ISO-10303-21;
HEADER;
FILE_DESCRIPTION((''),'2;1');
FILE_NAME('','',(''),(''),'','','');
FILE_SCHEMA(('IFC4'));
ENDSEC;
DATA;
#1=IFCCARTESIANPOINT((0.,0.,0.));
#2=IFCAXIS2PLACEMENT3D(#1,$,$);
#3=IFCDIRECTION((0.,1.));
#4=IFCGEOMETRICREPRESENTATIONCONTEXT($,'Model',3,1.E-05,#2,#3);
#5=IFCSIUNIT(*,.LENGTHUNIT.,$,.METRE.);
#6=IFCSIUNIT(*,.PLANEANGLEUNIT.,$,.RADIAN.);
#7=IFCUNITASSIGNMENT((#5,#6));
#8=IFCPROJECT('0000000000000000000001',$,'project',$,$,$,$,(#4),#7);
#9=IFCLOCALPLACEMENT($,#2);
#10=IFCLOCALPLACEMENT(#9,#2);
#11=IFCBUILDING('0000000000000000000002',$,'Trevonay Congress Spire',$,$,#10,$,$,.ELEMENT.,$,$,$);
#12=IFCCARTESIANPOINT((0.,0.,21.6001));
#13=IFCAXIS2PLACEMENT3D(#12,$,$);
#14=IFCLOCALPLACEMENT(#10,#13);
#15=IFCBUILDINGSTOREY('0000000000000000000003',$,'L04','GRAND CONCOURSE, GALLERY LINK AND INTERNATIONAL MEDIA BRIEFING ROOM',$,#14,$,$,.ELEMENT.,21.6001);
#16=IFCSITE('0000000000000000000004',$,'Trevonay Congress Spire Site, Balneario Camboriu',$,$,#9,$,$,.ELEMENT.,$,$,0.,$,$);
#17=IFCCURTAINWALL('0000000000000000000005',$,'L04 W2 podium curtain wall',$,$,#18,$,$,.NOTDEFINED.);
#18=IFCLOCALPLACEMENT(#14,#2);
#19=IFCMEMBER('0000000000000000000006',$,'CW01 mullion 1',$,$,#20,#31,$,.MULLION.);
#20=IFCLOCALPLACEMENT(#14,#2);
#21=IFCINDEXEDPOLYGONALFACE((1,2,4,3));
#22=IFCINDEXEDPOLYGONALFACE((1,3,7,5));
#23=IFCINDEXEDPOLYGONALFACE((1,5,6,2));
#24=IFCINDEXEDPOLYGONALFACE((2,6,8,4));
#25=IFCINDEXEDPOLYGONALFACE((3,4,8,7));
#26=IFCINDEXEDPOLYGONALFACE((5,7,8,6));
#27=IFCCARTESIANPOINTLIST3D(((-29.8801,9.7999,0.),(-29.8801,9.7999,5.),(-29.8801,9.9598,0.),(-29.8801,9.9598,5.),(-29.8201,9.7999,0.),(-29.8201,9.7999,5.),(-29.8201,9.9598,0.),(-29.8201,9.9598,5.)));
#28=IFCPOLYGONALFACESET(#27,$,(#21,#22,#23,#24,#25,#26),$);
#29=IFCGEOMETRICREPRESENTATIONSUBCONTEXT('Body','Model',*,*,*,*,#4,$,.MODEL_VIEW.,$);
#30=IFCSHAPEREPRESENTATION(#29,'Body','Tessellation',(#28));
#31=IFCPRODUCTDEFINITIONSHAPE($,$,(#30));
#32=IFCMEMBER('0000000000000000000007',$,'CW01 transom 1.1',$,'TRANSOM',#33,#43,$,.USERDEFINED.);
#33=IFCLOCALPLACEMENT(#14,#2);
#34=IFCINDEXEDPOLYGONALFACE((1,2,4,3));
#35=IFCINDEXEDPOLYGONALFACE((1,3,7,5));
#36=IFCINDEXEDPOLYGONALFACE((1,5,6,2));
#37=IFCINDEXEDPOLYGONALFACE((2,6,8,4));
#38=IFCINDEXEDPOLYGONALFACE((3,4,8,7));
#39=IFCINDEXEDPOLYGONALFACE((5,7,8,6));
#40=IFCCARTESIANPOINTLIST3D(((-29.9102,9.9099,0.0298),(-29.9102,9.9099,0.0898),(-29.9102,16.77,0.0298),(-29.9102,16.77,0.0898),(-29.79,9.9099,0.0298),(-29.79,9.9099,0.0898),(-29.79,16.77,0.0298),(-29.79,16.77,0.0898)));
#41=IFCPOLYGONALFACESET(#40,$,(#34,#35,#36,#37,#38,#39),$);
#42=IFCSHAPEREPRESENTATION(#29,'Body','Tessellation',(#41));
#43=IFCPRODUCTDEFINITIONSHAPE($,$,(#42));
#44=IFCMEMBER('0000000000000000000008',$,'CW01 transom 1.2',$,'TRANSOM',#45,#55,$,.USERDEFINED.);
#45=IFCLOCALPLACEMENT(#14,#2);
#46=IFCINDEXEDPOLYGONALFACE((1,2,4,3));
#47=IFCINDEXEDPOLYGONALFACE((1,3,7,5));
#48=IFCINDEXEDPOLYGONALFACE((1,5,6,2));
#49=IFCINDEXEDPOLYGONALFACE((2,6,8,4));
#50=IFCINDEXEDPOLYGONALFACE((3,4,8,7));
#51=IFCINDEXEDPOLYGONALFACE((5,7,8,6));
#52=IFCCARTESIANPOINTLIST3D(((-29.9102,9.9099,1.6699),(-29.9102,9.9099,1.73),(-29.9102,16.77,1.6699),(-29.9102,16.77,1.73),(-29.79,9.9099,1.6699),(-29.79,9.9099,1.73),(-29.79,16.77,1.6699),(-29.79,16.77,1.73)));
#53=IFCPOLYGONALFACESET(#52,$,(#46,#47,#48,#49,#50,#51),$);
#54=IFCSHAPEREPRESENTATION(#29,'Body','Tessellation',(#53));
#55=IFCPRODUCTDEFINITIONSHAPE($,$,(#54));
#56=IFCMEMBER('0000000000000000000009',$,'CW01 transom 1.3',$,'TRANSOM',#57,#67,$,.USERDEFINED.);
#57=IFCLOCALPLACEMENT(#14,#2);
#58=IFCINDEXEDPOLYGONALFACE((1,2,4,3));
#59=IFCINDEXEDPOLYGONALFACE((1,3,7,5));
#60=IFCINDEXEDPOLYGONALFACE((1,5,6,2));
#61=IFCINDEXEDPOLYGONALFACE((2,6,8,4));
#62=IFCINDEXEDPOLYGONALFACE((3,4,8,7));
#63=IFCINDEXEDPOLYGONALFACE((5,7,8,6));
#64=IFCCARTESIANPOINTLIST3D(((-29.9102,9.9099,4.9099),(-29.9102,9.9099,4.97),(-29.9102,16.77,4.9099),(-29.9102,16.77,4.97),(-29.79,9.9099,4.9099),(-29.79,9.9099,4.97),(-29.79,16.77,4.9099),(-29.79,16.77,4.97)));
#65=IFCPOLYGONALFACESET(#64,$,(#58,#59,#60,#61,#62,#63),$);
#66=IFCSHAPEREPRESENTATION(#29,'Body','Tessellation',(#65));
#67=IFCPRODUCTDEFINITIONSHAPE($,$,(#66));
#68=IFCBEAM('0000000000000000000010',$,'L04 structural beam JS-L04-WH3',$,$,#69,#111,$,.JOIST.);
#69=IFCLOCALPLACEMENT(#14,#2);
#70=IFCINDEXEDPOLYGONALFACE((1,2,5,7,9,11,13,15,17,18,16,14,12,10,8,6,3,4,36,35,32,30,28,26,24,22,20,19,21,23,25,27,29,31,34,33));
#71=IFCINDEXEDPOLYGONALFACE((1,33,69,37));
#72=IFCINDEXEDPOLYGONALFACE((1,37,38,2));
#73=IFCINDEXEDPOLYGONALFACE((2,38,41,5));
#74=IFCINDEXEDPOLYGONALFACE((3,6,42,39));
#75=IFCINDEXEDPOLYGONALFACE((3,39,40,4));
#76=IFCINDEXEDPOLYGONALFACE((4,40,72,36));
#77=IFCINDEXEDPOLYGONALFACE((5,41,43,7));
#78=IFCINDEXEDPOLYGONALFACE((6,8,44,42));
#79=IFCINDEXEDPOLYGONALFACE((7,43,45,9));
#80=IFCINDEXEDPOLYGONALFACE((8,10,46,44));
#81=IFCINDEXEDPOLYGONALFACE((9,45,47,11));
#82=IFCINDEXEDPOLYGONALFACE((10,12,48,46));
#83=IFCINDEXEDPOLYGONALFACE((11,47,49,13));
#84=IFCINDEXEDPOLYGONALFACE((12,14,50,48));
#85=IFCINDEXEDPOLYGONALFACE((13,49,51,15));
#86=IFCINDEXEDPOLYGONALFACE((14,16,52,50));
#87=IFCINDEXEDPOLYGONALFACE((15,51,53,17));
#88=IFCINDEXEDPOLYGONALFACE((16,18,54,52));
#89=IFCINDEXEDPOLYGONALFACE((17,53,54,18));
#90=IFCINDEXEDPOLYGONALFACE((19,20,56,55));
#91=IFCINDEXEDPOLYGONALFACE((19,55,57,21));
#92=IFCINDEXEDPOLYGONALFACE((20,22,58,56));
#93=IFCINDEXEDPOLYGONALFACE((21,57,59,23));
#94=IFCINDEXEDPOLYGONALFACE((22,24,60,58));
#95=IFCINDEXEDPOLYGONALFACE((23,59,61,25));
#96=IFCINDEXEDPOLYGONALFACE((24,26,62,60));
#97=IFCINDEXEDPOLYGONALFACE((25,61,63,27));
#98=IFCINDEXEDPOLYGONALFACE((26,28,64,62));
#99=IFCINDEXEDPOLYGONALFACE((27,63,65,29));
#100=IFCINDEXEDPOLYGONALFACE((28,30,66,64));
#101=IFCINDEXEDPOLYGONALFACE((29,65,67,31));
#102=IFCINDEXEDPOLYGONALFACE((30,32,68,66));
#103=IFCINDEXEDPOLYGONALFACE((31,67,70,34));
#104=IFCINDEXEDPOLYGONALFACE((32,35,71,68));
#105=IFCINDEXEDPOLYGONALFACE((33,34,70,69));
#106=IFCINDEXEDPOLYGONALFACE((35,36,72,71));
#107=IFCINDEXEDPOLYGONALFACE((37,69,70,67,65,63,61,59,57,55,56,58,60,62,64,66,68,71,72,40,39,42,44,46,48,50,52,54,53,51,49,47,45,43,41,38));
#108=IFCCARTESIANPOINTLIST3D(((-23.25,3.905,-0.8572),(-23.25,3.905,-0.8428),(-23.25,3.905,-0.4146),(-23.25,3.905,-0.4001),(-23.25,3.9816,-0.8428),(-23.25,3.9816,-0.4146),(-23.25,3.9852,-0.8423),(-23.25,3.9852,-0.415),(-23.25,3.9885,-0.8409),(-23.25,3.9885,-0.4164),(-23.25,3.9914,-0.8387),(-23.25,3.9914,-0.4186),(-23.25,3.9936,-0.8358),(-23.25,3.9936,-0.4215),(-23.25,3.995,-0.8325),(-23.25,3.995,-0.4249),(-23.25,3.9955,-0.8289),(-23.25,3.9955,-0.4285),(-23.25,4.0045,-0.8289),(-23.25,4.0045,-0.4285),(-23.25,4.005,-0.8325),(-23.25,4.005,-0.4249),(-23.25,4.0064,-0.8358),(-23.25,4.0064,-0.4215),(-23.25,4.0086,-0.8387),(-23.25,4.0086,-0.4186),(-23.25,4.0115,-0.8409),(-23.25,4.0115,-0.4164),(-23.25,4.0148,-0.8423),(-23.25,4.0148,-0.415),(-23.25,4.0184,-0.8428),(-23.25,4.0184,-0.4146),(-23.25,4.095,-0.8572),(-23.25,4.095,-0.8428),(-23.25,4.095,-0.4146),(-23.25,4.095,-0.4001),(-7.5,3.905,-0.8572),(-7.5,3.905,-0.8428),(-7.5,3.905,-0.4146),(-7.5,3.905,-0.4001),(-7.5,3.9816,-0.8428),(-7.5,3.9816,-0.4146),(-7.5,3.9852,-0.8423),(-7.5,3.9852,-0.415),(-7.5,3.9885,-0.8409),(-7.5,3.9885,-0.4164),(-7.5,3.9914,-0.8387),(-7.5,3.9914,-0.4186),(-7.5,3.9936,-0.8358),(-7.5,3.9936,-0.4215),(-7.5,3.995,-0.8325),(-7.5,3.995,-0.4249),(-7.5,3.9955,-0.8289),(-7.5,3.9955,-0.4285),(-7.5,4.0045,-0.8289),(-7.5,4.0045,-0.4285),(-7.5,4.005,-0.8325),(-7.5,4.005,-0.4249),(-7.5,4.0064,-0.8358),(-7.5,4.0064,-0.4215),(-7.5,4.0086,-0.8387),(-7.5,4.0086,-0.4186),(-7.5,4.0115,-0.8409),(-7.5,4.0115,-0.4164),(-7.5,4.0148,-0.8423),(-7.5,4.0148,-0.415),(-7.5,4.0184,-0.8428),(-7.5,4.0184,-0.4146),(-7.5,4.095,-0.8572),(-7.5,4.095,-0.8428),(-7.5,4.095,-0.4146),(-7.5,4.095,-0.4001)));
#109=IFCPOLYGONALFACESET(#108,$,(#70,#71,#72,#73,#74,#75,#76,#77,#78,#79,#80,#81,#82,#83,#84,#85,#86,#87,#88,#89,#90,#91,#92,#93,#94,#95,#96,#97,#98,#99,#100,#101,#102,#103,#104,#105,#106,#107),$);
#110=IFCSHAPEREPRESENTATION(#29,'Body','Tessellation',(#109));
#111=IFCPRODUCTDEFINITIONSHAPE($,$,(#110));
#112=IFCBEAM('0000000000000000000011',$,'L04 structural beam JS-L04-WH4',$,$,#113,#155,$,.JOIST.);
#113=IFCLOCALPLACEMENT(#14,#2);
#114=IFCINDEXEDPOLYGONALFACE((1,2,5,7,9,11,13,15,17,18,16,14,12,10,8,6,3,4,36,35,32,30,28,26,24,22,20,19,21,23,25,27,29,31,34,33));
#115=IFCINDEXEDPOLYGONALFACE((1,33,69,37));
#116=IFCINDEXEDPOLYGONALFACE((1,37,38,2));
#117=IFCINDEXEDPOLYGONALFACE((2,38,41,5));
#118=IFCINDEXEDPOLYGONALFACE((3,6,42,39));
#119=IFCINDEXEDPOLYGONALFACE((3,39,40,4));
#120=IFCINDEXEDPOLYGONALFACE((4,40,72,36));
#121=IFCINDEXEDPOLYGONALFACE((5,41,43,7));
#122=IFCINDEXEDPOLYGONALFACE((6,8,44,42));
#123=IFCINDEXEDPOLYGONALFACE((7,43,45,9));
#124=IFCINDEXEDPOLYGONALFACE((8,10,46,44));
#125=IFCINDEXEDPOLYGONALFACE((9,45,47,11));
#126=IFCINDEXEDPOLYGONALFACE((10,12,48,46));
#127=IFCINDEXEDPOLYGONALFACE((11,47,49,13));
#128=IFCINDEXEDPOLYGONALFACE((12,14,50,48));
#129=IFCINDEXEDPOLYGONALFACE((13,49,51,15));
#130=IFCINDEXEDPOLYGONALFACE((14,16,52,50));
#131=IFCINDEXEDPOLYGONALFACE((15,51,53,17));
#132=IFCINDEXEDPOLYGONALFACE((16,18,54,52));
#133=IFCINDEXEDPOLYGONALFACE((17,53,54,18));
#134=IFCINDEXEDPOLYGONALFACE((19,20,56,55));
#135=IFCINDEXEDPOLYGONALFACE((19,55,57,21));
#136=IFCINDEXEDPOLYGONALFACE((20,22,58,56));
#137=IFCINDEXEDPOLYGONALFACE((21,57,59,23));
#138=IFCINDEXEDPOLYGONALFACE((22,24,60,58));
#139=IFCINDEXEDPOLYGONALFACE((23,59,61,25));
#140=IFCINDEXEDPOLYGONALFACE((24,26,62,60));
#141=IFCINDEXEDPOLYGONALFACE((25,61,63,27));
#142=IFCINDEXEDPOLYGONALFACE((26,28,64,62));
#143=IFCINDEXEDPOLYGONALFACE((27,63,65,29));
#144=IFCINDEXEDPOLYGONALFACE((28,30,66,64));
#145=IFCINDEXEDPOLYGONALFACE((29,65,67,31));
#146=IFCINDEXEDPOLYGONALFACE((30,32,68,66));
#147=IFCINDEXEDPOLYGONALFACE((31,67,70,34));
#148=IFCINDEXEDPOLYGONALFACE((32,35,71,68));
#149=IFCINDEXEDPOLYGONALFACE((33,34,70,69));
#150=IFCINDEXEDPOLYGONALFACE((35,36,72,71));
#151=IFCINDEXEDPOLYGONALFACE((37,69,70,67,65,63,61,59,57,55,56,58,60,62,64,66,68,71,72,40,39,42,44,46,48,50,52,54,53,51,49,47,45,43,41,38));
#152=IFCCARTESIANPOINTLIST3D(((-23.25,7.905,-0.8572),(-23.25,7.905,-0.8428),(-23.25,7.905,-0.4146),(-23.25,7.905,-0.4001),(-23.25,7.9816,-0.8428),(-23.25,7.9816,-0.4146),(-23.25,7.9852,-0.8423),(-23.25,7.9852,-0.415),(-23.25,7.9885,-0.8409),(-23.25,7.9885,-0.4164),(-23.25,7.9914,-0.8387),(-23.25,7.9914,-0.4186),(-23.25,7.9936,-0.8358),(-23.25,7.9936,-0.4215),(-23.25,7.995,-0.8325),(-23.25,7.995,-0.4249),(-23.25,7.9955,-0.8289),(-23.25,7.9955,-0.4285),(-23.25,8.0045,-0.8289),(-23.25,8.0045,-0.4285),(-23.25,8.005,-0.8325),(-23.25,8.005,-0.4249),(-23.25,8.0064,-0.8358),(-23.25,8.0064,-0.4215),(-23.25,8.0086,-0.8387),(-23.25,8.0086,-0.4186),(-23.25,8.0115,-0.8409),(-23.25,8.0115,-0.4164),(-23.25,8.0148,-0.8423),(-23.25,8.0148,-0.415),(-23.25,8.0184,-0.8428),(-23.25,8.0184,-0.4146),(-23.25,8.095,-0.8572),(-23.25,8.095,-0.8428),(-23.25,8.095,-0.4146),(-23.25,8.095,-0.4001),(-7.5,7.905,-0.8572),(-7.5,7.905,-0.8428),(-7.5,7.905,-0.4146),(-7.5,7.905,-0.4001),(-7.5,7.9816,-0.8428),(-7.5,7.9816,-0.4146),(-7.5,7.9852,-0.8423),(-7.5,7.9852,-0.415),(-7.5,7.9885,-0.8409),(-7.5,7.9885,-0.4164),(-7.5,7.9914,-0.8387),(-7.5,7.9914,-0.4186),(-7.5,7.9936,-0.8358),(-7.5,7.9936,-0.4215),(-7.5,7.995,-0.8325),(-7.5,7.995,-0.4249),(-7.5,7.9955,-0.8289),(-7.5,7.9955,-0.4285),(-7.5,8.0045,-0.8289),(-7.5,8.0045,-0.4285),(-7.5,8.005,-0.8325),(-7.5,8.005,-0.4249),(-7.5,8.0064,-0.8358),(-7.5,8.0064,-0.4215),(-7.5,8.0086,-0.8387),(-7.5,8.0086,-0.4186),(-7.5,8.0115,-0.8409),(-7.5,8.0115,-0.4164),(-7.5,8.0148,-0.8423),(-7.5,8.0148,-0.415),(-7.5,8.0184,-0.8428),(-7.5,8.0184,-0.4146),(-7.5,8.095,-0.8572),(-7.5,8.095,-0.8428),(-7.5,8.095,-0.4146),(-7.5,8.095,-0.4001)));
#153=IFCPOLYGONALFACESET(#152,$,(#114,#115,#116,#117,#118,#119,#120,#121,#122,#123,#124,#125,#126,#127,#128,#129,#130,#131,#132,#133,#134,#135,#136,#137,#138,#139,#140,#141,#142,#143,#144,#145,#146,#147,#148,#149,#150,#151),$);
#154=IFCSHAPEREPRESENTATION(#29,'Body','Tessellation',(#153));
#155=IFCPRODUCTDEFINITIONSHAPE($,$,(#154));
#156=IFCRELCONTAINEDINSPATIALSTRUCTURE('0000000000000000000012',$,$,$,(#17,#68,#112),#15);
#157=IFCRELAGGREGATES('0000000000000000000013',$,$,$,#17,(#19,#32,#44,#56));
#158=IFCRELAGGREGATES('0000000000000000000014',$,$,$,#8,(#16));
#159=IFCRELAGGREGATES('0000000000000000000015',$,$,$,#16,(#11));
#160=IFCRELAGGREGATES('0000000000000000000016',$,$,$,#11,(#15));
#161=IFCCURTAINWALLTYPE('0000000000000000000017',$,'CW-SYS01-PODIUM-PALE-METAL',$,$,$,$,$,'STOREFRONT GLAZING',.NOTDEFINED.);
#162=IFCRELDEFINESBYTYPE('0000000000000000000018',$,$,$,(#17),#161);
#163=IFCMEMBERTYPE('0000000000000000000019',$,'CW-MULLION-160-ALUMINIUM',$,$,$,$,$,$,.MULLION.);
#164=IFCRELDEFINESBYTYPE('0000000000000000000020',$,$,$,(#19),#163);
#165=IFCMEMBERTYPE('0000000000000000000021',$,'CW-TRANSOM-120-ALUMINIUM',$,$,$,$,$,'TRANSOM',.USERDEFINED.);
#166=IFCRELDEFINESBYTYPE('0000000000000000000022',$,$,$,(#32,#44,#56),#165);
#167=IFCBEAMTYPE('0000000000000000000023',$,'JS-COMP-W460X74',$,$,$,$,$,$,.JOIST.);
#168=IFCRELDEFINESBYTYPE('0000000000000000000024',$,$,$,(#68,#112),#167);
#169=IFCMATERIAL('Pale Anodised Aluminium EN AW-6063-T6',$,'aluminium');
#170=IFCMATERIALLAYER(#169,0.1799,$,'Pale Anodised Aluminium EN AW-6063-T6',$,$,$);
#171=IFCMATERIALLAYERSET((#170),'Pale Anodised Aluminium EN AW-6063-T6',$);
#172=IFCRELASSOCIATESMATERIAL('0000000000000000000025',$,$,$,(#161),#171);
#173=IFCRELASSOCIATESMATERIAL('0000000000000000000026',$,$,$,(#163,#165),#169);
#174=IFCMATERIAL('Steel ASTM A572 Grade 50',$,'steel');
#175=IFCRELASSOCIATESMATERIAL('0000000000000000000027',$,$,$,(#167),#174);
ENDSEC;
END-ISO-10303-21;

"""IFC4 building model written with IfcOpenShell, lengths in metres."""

from ifc_helpers import new_model, si_unit, direction, frame, origin, origin_2d, place, context, subcontext, project, spatial, rectangle, i_section, extrude, material, layer, layer_set, material_profile, profile_set, type_object, element, aggregate, save


model = new_model("IFC4")

# Units and contexts
model_context = context("Model", 3, precision=1e-05, world=origin(), true_north=direction((0.0, 1.0)))
body_context = subcontext(model_context, "Body", "Model", "MODEL_VIEW")
ifc_project = project(units=[si_unit("LENGTHUNIT", "METRE"), si_unit("PLANEANGLEUNIT", "RADIAN")], contexts=[model_context])

# Site, building, storey
site_placement = place(None, origin())
site = spatial("IfcSite", under=ifc_project, at=site_placement, Name="Trevonay Congress Spire Site, Balneario Camboriu", CompositionType="ELEMENT", RefElevation=0.0)
building_placement = place(site_placement, origin())
building = spatial("IfcBuilding", under=site, at=building_placement, Name="Trevonay Congress Spire", CompositionType="ELEMENT")
storey_placement = place(building_placement, frame((0.0, 0.0, 21.6001)))
storey = spatial("IfcBuildingStorey", under=building, at=storey_placement, Name="L04", Description="GRAND CONCOURSE, GALLERY LINK AND INTERNATIONAL MEDIA BRIEFING ROOM", CompositionType="ELEMENT", Elevation=21.6001)

# Shared definitions
ifc_material_1 = material(Name="Steel ASTM A572 Grade 50", Category="steel")

# Curtain wall, members
ifc_material_2 = material(Name="Pale Anodised Aluminium EN AW-6063-T6", Category="aluminium")
ifc_layer_1 = layer(ifc_material_2, 0.1799, Name="Pale Anodised Aluminium EN AW-6063-T6")
ifc_layer_set_1 = layer_set([ifc_layer_1], Name="Pale Anodised Aluminium EN AW-6063-T6")
curtain_wall_type = type_object("IfcCurtainWallType", Name="CW-SYS01-PODIUM-PALE-METAL", ElementType="STOREFRONT GLAZING", PredefinedType="NOTDEFINED", material=ifc_layer_set_1)
curtain_wall_placement = place(storey_placement, origin())
curtain_wall = element("IfcCurtainWall", 1, at=curtain_wall_placement, inside=storey, type_object=curtain_wall_type, Name="L04 W2 podium curtain wall", PredefinedType="NOTDEFINED")
ifc_material_profile_1 = material_profile(ifc_material_2, rectangle(XDim=0.0601, YDim=0.1599, at=origin_2d()), Name="CW-MULLION-160-ALUMINIUM")
ifc_profile_set_1 = profile_set([ifc_material_profile_1], Name="Pale Anodised Aluminium EN AW-6063-T6")
member_type_1 = type_object("IfcMemberType", Name="CW-MULLION-160-ALUMINIUM", PredefinedType="MULLION", material=ifc_profile_set_1)
member_1_placement = place(storey_placement, frame((-29.8501, 9.8799, 0.0), z_axis=(0.0, 0.0, 1.0), x_axis=(-1.0, 0.0, 0.0)))
member_1 = element("IfcMember", 2, at=member_1_placement, type_object=member_type_1, Name="CW01 mullion 1", PredefinedType="MULLION", context=body_context, shape_type="SweptSolid", body=[
    extrude(rectangle(XDim=0.0601, YDim=0.1599, at=origin_2d()), origin(), (0.0, 0.0, 1.0), 5.0),
])
ifc_material_profile_2 = material_profile(ifc_material_2, rectangle(XDim=0.1201, YDim=0.0601, at=origin_2d()), Name="CW-TRANSOM-120-ALUMINIUM")
ifc_profile_set_2 = profile_set([ifc_material_profile_2], Name="Pale Anodised Aluminium EN AW-6063-T6")
member_type_2 = type_object("IfcMemberType", Name="CW-TRANSOM-120-ALUMINIUM", ElementType="TRANSOM", PredefinedType="USERDEFINED", material=ifc_profile_set_2)
member_2_placement = place(storey_placement, frame((-29.8501, 9.9099, 0.0598), z_axis=(0.0, 1.0, 0.0), x_axis=(-1.0, 0.0, 0.0)))
member_2 = element("IfcMember", 3, at=member_2_placement, type_object=member_type_2, Name="CW01 transom 1.1", ObjectType="TRANSOM", PredefinedType="USERDEFINED", context=body_context, shape_type="SweptSolid", body=[
    extrude(rectangle(XDim=0.1201, YDim=0.0601, at=origin_2d()), origin(), (0.0, 0.0, 1.0), 6.8601),
])
member_3_placement = place(storey_placement, frame((-29.8501, 9.9099, 1.7), z_axis=(0.0, 1.0, 0.0), x_axis=(-1.0, 0.0, 0.0)))
member_3 = element("IfcMember", 4, at=member_3_placement, type_object=member_type_2, Name="CW01 transom 1.2", ObjectType="TRANSOM", PredefinedType="USERDEFINED", context=body_context, shape_type="SweptSolid", body=[
    extrude(rectangle(XDim=0.1201, YDim=0.0601, at=origin_2d()), origin(), (0.0, 0.0, 1.0), 6.8601),
])
member_4_placement = place(storey_placement, frame((-29.8501, 9.9099, 4.9399), z_axis=(0.0, 1.0, 0.0), x_axis=(-1.0, 0.0, 0.0)))
member_4 = element("IfcMember", 5, at=member_4_placement, type_object=member_type_2, Name="CW01 transom 1.3", ObjectType="TRANSOM", PredefinedType="USERDEFINED", context=body_context, shape_type="SweptSolid", body=[
    extrude(rectangle(XDim=0.1201, YDim=0.0601, at=origin_2d()), origin(), (0.0, 0.0, 1.0), 6.8601),
])

# Beams
ifc_material_profile_3 = material_profile(ifc_material_1, i_section(OverallWidth=0.1899, OverallDepth=0.457, WebThickness=0.009, FlangeThickness=0.0144, FilletRadius=0.0139, at=origin_2d()), Name="W460x74")
ifc_profile_set_3 = profile_set([ifc_material_profile_3], Name="Steel ASTM A572 Grade 50")
beam_type_1 = type_object("IfcBeamType", Name="JS-COMP-W460X74", PredefinedType="JOIST", material=ifc_profile_set_3)
for number, where, z_axis, x_axis, name in (
    (6, (-23.25, 4.0, -0.6287), (1.0, 0.0, 0.0), (0.0, 1.0, 0.0), "L04 structural beam JS-L04-WH3"),
    (7, (-23.25, 8.0, -0.6287), (1.0, 0.0, 0.0), (0.0, 1.0, 0.0), "L04 structural beam JS-L04-WH4"),
):
    element("IfcBeam", number, at=place(storey_placement, frame(where, z_axis=z_axis, x_axis=x_axis)), inside=storey, type_object=beam_type_1, Name=name, PredefinedType="JOIST", context=body_context, shape_type="SweptSolid", body=[
        extrude(i_section(OverallWidth=0.1899, OverallDepth=0.457, WebThickness=0.009, FlangeThickness=0.0144, FilletRadius=0.0139, at=origin_2d()), origin(), (0.0, 0.0, 1.0), 15.75),
    ])

aggregate(curtain_wall, [member_1, member_2, member_3, member_4])

save(model, "model.ifc")
